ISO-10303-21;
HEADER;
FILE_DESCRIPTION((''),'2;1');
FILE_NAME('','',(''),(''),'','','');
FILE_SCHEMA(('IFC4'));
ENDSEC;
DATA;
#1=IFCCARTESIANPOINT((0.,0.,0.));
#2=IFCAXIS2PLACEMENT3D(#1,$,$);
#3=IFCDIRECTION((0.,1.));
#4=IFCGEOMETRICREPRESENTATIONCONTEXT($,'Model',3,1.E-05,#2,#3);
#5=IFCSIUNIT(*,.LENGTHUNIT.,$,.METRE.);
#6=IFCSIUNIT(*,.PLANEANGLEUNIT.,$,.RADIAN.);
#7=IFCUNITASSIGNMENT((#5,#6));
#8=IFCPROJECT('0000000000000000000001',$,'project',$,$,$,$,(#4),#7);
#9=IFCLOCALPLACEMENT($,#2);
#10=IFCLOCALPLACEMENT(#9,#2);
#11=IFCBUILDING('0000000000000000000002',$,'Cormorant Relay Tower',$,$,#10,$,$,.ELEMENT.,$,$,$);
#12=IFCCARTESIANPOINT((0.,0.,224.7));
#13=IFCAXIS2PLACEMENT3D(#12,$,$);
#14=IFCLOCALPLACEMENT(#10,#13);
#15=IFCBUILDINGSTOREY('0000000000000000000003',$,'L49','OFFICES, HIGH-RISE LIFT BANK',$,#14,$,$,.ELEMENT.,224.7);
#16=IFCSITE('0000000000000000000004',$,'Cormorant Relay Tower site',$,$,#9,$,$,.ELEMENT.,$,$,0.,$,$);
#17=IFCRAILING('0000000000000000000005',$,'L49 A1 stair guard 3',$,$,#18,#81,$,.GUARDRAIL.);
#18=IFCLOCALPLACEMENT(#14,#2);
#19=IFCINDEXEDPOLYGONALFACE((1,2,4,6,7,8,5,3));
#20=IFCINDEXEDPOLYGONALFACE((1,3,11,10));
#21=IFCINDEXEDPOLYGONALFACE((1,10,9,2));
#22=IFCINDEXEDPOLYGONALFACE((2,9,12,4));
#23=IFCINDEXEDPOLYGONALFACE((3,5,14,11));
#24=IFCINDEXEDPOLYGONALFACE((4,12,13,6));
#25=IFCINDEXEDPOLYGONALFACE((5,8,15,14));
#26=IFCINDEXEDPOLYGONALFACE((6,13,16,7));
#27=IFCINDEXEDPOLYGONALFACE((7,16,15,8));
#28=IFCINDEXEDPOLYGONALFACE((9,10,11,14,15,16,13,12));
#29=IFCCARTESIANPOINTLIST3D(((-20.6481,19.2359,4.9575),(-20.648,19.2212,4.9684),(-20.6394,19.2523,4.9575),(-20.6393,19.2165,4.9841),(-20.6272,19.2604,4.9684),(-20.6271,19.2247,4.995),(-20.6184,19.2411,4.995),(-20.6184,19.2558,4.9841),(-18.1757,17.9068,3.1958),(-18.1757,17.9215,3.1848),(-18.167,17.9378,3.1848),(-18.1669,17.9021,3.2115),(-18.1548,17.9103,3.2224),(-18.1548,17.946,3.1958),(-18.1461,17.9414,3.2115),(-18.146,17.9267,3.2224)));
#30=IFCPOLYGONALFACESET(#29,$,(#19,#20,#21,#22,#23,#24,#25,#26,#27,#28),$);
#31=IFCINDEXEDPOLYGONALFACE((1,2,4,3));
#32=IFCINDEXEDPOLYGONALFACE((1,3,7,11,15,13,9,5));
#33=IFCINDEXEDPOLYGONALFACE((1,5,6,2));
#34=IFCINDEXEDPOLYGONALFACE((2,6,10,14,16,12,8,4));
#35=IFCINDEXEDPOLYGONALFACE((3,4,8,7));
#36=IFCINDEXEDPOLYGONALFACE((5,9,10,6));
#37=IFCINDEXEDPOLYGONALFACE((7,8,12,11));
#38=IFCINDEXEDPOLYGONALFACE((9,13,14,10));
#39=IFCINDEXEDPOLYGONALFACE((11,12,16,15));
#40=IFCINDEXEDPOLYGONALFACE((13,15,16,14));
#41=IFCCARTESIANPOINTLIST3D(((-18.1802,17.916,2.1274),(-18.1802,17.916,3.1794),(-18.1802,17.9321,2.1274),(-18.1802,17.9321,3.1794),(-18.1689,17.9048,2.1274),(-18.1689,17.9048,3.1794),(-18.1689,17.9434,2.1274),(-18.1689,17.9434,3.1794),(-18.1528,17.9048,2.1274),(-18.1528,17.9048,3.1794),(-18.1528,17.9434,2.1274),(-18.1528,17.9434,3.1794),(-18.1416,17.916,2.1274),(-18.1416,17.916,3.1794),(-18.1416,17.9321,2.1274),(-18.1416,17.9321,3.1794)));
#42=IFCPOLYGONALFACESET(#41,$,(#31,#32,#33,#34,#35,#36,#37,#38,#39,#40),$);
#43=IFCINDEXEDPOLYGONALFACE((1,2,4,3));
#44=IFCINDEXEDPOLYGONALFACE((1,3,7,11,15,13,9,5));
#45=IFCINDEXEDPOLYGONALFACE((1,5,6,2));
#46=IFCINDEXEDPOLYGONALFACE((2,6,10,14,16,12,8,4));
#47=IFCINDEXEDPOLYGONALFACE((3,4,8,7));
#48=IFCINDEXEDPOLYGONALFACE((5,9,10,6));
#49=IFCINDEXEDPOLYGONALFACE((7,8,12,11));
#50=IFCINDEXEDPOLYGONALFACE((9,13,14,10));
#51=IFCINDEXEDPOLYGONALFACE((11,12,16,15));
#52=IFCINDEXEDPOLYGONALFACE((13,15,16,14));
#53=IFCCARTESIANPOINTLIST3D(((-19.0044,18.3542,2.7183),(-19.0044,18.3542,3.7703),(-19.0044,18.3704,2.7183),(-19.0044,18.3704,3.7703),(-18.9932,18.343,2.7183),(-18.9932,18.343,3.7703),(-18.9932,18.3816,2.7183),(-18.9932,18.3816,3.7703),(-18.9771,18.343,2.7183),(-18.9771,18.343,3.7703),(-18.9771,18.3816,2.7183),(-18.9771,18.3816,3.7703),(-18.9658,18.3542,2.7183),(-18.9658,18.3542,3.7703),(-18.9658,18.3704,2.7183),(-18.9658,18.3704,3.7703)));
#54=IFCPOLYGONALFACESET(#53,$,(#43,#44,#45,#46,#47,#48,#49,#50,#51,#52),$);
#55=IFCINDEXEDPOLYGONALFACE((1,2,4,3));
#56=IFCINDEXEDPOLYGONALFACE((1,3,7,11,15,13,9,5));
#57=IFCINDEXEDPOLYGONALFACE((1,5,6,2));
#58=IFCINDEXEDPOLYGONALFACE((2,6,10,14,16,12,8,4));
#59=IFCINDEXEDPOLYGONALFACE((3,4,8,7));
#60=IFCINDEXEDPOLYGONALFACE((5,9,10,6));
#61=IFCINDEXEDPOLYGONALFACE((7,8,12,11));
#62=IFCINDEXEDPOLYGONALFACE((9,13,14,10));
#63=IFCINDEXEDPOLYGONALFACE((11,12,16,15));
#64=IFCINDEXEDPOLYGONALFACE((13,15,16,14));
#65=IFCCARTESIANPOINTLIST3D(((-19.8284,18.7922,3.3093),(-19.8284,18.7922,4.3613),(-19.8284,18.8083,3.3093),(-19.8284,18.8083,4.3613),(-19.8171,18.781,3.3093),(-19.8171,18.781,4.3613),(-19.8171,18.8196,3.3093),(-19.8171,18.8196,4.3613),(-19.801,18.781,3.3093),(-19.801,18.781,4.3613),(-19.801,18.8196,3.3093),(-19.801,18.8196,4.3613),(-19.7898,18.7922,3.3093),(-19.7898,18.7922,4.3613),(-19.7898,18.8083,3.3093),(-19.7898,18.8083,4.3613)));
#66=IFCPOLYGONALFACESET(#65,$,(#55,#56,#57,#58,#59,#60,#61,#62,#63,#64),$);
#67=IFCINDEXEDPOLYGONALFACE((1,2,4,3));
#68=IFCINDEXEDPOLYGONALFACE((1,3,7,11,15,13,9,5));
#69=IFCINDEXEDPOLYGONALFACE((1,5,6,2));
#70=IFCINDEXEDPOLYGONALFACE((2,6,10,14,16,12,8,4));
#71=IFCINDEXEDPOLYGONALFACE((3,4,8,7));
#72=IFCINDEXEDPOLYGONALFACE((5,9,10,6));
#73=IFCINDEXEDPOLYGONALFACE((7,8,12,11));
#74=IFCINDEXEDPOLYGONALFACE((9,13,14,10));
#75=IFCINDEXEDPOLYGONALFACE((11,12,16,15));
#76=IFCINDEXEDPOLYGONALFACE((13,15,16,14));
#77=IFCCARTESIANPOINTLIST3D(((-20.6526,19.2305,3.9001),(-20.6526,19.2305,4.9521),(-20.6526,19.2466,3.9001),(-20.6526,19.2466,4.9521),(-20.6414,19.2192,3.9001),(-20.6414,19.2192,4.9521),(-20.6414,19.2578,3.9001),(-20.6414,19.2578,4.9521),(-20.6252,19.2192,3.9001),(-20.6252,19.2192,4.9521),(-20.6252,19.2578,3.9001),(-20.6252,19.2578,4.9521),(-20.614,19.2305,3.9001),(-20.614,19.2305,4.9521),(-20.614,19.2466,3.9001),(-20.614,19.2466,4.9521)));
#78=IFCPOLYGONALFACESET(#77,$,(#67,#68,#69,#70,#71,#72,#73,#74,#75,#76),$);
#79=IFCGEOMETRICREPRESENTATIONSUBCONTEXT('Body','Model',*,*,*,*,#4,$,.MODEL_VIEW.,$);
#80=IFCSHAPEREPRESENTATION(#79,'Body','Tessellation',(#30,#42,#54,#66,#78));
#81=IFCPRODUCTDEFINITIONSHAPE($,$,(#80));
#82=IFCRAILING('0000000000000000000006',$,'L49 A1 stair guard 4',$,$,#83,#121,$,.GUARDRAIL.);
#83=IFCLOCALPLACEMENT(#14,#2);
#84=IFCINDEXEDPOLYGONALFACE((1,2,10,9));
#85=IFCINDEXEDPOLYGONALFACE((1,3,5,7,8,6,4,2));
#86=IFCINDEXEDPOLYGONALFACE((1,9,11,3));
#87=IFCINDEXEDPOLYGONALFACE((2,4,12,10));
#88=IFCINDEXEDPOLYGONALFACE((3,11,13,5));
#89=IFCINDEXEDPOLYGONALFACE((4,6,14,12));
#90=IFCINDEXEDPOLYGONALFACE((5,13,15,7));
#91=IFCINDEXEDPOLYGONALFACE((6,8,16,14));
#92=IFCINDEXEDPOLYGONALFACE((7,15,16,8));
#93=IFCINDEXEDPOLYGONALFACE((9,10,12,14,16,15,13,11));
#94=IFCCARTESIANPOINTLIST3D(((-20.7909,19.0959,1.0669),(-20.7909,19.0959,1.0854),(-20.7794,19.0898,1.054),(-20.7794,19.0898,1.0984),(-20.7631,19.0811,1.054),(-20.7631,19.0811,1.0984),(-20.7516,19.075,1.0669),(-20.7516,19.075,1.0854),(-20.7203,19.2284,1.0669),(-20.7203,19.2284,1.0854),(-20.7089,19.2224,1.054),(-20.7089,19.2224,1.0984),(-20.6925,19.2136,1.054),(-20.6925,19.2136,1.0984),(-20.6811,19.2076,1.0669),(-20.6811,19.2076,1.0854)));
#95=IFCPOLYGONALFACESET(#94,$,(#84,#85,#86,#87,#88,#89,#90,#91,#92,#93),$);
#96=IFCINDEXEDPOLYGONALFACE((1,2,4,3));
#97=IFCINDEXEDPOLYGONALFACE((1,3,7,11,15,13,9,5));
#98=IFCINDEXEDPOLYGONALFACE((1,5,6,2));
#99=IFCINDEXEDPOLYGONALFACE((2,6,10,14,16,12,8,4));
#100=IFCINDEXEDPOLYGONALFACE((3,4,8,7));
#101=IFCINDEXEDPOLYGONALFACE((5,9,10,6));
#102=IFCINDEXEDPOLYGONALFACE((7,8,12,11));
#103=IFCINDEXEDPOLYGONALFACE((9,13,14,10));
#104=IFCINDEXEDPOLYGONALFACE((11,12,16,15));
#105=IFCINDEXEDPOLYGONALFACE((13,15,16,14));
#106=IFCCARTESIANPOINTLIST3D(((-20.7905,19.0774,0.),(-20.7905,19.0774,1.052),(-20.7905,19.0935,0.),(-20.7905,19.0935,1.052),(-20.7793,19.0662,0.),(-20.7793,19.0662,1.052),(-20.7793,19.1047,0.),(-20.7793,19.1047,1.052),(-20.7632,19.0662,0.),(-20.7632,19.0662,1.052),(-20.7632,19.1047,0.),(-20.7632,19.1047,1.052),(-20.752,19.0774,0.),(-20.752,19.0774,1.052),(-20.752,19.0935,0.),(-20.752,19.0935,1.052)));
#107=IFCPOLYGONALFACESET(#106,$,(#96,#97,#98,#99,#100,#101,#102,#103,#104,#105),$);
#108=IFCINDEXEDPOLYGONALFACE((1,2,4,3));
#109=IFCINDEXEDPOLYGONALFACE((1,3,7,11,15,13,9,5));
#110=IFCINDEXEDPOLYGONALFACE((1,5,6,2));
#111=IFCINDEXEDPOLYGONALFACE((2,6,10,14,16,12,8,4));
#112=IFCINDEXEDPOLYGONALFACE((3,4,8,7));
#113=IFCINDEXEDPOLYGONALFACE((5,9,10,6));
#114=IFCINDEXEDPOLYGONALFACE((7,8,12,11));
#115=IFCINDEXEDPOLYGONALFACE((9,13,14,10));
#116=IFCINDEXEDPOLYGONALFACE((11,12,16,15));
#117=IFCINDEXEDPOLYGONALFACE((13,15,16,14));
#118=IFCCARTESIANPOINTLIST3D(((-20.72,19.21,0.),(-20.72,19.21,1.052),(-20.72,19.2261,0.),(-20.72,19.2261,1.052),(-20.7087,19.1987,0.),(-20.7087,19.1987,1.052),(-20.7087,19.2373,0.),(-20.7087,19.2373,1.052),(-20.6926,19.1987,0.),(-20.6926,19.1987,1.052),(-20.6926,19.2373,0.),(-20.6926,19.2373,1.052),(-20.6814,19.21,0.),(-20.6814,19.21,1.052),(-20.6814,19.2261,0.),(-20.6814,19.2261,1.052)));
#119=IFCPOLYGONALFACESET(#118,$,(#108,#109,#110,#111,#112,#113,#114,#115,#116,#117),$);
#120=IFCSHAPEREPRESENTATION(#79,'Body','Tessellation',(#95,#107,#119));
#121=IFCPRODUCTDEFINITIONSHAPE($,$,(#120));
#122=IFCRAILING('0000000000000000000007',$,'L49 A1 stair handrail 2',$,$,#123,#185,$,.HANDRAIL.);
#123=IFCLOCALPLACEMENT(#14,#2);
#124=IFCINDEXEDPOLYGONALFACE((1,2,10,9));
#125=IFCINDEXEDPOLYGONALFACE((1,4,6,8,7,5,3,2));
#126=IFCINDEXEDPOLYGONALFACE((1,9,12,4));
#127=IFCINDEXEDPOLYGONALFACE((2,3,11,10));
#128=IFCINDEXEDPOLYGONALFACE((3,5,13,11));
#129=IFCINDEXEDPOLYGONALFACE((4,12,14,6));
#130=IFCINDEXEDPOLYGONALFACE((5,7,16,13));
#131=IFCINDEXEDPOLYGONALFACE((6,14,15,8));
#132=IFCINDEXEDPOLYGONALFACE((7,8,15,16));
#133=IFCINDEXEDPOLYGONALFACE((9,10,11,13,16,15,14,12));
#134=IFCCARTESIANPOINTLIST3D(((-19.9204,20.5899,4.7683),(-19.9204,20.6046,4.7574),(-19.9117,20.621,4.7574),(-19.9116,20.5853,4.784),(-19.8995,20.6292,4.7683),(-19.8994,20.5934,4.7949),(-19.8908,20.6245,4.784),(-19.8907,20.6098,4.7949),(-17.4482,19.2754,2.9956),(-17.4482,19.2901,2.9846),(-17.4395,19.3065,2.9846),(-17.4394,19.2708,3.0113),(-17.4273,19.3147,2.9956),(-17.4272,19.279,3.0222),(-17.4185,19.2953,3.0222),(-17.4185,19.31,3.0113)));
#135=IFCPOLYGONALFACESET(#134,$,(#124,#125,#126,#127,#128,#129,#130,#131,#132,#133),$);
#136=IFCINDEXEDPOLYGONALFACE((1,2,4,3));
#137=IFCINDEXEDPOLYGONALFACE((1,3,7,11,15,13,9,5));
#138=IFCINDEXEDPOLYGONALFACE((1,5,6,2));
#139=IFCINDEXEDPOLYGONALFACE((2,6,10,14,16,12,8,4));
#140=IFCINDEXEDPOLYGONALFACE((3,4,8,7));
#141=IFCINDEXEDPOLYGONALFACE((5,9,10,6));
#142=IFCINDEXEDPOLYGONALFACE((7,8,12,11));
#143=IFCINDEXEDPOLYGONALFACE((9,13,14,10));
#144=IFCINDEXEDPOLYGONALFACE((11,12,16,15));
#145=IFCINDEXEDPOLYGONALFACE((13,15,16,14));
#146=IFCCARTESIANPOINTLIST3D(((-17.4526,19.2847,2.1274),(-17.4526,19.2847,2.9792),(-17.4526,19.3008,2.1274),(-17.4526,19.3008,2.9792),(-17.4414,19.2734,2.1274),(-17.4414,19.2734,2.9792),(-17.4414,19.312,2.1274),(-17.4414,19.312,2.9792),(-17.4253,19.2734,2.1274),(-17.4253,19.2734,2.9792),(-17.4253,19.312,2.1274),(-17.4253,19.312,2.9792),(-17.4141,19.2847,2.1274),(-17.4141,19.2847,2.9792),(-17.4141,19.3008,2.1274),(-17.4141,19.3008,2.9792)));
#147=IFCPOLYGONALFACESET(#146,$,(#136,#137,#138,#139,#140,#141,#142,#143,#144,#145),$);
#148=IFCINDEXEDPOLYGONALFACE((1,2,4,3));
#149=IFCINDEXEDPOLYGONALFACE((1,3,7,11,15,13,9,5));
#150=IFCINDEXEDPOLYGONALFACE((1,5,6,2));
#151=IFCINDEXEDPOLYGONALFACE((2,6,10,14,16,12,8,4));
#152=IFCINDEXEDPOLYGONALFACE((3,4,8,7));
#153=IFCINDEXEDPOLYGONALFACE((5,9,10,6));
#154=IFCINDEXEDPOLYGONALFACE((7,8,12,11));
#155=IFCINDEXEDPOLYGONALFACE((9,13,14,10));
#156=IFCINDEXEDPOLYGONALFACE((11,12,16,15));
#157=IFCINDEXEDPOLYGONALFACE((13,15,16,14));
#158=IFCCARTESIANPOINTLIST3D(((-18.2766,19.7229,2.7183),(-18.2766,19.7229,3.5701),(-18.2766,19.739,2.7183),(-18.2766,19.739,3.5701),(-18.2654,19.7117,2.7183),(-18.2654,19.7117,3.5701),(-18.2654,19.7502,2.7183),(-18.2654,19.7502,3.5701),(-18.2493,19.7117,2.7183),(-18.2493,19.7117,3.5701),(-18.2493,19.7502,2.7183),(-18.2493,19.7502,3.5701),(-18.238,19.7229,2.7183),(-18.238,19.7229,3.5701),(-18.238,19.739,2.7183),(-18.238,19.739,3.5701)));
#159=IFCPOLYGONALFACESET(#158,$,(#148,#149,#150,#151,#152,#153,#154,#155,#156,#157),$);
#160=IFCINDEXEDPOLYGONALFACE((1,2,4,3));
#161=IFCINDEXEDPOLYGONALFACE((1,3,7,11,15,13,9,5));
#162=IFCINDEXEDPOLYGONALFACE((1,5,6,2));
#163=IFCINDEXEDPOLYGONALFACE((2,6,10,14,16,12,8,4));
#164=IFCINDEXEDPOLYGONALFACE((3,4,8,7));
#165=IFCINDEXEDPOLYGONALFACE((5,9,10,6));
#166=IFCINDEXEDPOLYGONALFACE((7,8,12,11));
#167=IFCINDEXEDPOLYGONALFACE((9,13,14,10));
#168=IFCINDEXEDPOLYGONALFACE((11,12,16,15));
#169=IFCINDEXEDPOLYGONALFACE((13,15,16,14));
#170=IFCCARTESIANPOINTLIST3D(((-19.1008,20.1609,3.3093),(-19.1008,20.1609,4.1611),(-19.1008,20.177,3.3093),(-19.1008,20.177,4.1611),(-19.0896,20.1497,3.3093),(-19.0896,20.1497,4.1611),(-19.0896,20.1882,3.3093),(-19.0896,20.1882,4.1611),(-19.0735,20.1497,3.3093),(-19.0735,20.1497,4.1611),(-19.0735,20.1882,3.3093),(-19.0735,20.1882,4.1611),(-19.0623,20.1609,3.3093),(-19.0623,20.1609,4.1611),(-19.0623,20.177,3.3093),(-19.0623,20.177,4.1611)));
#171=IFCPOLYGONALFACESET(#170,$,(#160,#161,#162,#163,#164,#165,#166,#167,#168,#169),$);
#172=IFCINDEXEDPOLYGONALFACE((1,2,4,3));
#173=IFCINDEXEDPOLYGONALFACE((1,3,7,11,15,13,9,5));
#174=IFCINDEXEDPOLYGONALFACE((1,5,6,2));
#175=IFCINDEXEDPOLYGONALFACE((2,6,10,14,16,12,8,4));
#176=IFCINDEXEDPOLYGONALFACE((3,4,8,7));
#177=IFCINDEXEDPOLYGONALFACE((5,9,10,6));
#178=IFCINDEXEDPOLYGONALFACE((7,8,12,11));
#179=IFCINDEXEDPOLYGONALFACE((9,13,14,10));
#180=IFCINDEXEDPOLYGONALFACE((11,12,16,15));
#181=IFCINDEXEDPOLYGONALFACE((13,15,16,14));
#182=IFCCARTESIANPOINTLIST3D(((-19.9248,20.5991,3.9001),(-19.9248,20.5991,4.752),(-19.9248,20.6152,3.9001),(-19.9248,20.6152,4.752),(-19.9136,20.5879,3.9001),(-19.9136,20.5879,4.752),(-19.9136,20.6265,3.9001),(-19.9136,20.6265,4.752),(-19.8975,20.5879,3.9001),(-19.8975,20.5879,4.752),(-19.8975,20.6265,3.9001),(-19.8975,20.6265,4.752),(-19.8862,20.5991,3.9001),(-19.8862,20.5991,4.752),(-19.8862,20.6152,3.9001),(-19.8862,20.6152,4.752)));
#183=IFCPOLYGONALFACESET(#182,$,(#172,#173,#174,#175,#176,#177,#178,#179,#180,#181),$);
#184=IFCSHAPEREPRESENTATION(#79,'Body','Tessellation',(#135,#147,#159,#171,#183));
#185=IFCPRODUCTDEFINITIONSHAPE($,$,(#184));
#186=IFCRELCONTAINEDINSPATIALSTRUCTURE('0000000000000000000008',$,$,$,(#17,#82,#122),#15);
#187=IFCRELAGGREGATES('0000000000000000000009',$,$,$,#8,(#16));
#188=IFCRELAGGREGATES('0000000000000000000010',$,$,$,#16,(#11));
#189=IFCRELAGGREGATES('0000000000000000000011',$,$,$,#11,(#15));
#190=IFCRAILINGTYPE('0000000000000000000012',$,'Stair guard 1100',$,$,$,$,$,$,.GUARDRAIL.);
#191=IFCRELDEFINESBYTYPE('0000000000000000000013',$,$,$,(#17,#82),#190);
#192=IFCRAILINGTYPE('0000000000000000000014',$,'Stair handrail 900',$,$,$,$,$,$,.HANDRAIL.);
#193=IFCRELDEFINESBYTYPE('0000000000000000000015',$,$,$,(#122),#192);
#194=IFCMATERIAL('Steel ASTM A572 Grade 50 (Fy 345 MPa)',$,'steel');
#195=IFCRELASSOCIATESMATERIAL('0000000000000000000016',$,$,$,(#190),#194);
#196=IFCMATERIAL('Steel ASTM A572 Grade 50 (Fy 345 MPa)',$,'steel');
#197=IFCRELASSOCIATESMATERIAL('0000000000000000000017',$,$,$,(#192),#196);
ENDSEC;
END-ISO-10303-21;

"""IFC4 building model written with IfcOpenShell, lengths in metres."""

from ifc_helpers import new_model, si_unit, direction, frame, origin, place, context, subcontext, project, spatial, polyline, outline, extrude, material, type_object, element, save


model = new_model("IFC4")

# Units and contexts
model_context = context("Model", 3, precision=1e-05, world=origin(), true_north=direction((0.0, 1.0)))
body_context = subcontext(model_context, "Body", "Model", "MODEL_VIEW")
ifc_project = project(units=[si_unit("LENGTHUNIT", "METRE"), si_unit("PLANEANGLEUNIT", "RADIAN")], contexts=[model_context])

# Site, building, storey
site_placement = place(None, origin())
site = spatial("IfcSite", under=ifc_project, at=site_placement, Name="Cormorant Relay Tower site", CompositionType="ELEMENT", RefElevation=0.0)
building_placement = place(site_placement, origin())
building = spatial("IfcBuilding", under=site, at=building_placement, Name="Cormorant Relay Tower", CompositionType="ELEMENT")
storey_placement = place(building_placement, frame((0.0, 0.0, 224.7)))
storey = spatial("IfcBuildingStorey", under=building, at=storey_placement, Name="L49", Description="OFFICES, HIGH-RISE LIFT BANK", CompositionType="ELEMENT", Elevation=224.7)

# Railings
ifc_material_1 = material(Name="Steel ASTM A572 Grade 50 (Fy 345 MPa)", Category="steel")
railing_type_1 = type_object("IfcRailingType", Name="Stair guard 1100", PredefinedType="GUARDRAIL", material=ifc_material_1)
railing_1_placement = place(storey_placement, frame((-18.1609, 17.9241, 2.1274)))
element("IfcRailing", 1, at=railing_1_placement, inside=storey, type_object=railing_type_1, Name="L49 A1 stair guard 3", PredefinedType="GUARDRAIL", context=body_context, shape_type="SweptSolid", body=[
    extrude(outline(polyline([(0.0222, 0.0093), (0.0093, 0.0222), (-0.0093, 0.0222), (-0.0222, 0.0093), (-0.0222, -0.0093), (-0.0093, -0.0222), (0.0093, -0.0222), (0.0222, -0.0093), (0.0222, 0.0093)])), frame((0.0, 0.0, 1.0762), z_axis=(-0.746034, 0.396627, 0.534902), x_axis=(-0.469429, -0.88297, 0.0)), (0.0, 0.0, 1.0), 3.314),
    extrude(outline(polyline([(0.0193, 0.0081), (0.0081, 0.0193), (-0.0081, 0.0193), (-0.0193, 0.0081), (-0.0193, -0.0081), (-0.0081, -0.0193), (0.0081, -0.0193), (0.0193, -0.0081), (0.0193, 0.0081)])), origin(), (0.0, 0.0, 1.0), 1.052),
    extrude(outline(polyline([(0.0193, 0.0081), (0.0081, 0.0193), (-0.0081, 0.0193), (-0.0193, 0.0081), (-0.0193, -0.0081), (-0.0081, -0.0193), (0.0081, -0.0193), (0.0193, -0.0081), (0.0193, 0.0081)])), frame((-0.8242, 0.4382, 0.5908)), (0.0, 0.0, 1.0), 1.052),
    extrude(outline(polyline([(0.0193, 0.0081), (0.0081, 0.0193), (-0.0081, 0.0193), (-0.0193, 0.0081), (-0.0193, -0.0081), (-0.0081, -0.0193), (0.0081, -0.0193), (0.0193, -0.0081), (0.0193, 0.0081)])), frame((-1.6482, 0.8762, 1.1819)), (0.0, 0.0, 1.0), 1.052),
    extrude(outline(polyline([(0.0193, 0.0081), (0.0081, 0.0193), (-0.0081, 0.0193), (-0.0193, 0.0081), (-0.0193, -0.0081), (-0.0081, -0.0193), (0.0081, -0.0193), (0.0193, -0.0081), (0.0193, 0.0081)])), frame((-2.4724, 1.3145, 1.7727)), (0.0, 0.0, 1.0), 1.052),
])
railing_2_placement = place(storey_placement, frame((-20.7712, 19.0854, 0.0)))
element("IfcRailing", 2, at=railing_2_placement, inside=storey, type_object=railing_type_1, Name="L49 A1 stair guard 4", PredefinedType="GUARDRAIL", context=body_context, shape_type="SweptSolid", body=[
    extrude(outline(polyline([(0.0222, 0.0093), (0.0093, 0.0222), (-0.0093, 0.0222), (-0.0222, 0.0093), (-0.0222, -0.0093), (-0.0093, -0.0222), (0.0093, -0.0222), (0.0222, -0.0093), (0.0222, 0.0093)])), frame((0.0, 0.0, 1.0762), z_axis=(0.469829, 0.882758, 0.0), x_axis=(-0.882758, 0.469829, 0.0)), (0.0, 0.0, 1.0), 0.1501),
    extrude(outline(polyline([(0.0193, 0.0081), (0.0081, 0.0193), (-0.0081, 0.0193), (-0.0193, 0.0081), (-0.0193, -0.0081), (-0.0081, -0.0193), (0.0081, -0.0193), (0.0193, -0.0081), (0.0193, 0.0081)])), origin(), (0.0, 0.0, 1.0), 1.052),
    extrude(outline(polyline([(0.0193, 0.0081), (0.0081, 0.0193), (-0.0081, 0.0193), (-0.0193, 0.0081), (-0.0193, -0.0081), (-0.0081, -0.0193), (0.0081, -0.0193), (0.0193, -0.0081), (0.0193, 0.0081)])), frame((0.0706, 0.1326, 0.0)), (0.0, 0.0, 1.0), 1.052),
])
ifc_material_2 = material(Name="Steel ASTM A572 Grade 50 (Fy 345 MPa)", Category="steel")
railing_type_2 = type_object("IfcRailingType", Name="Stair handrail 900", PredefinedType="HANDRAIL", material=ifc_material_2)
railing_3_placement = place(storey_placement, frame((-17.4333, 19.2927, 2.1274)))
element("IfcRailing", 3, at=railing_3_placement, inside=storey, type_object=railing_type_2, Name="L49 A1 stair handrail 2", PredefinedType="HANDRAIL", context=body_context, shape_type="SweptSolid", body=[
    extrude(outline(polyline([(0.0222, 0.0093), (0.0093, 0.0222), (-0.0093, 0.0222), (-0.0222, 0.0093), (-0.0222, -0.0093), (-0.0093, -0.0222), (0.0093, -0.0222), (0.0222, -0.0093), (0.0222, 0.0093)])), frame((0.0, 0.0, 0.876), z_axis=(-0.746001, 0.396649, 0.534931), x_axis=(-0.469465, -0.882951, 0.0)), (0.0, 0.0, 1.0), 3.314),
    extrude(outline(polyline([(0.0193, 0.0081), (0.0081, 0.0193), (-0.0081, 0.0193), (-0.0193, 0.0081), (-0.0193, -0.0081), (-0.0081, -0.0193), (0.0081, -0.0193), (0.0193, -0.0081), (0.0193, 0.0081)])), origin(), (0.0, 0.0, 1.0), 0.8518),
    extrude(outline(polyline([(0.0193, 0.0081), (0.0081, 0.0193), (-0.0081, 0.0193), (-0.0193, 0.0081), (-0.0193, -0.0081), (-0.0081, -0.0193), (0.0081, -0.0193), (0.0193, -0.0081), (0.0193, 0.0081)])), frame((-0.824, 0.4382, 0.5908)), (0.0, 0.0, 1.0), 0.8518),
    extrude(outline(polyline([(0.0193, 0.0081), (0.0081, 0.0193), (-0.0081, 0.0193), (-0.0193, 0.0081), (-0.0193, -0.0081), (-0.0081, -0.0193), (0.0081, -0.0193), (0.0193, -0.0081), (0.0193, 0.0081)])), frame((-1.6482, 0.8762, 1.1819)), (0.0, 0.0, 1.0), 0.8518),
    extrude(outline(polyline([(0.0193, 0.0081), (0.0081, 0.0193), (-0.0081, 0.0193), (-0.0193, 0.0081), (-0.0193, -0.0081), (-0.0081, -0.0193), (0.0081, -0.0193), (0.0193, -0.0081), (0.0193, 0.0081)])), frame((-2.4722, 1.3145, 1.7727)), (0.0, 0.0, 1.0), 0.8518),
])

save(model, "model.ifc")
